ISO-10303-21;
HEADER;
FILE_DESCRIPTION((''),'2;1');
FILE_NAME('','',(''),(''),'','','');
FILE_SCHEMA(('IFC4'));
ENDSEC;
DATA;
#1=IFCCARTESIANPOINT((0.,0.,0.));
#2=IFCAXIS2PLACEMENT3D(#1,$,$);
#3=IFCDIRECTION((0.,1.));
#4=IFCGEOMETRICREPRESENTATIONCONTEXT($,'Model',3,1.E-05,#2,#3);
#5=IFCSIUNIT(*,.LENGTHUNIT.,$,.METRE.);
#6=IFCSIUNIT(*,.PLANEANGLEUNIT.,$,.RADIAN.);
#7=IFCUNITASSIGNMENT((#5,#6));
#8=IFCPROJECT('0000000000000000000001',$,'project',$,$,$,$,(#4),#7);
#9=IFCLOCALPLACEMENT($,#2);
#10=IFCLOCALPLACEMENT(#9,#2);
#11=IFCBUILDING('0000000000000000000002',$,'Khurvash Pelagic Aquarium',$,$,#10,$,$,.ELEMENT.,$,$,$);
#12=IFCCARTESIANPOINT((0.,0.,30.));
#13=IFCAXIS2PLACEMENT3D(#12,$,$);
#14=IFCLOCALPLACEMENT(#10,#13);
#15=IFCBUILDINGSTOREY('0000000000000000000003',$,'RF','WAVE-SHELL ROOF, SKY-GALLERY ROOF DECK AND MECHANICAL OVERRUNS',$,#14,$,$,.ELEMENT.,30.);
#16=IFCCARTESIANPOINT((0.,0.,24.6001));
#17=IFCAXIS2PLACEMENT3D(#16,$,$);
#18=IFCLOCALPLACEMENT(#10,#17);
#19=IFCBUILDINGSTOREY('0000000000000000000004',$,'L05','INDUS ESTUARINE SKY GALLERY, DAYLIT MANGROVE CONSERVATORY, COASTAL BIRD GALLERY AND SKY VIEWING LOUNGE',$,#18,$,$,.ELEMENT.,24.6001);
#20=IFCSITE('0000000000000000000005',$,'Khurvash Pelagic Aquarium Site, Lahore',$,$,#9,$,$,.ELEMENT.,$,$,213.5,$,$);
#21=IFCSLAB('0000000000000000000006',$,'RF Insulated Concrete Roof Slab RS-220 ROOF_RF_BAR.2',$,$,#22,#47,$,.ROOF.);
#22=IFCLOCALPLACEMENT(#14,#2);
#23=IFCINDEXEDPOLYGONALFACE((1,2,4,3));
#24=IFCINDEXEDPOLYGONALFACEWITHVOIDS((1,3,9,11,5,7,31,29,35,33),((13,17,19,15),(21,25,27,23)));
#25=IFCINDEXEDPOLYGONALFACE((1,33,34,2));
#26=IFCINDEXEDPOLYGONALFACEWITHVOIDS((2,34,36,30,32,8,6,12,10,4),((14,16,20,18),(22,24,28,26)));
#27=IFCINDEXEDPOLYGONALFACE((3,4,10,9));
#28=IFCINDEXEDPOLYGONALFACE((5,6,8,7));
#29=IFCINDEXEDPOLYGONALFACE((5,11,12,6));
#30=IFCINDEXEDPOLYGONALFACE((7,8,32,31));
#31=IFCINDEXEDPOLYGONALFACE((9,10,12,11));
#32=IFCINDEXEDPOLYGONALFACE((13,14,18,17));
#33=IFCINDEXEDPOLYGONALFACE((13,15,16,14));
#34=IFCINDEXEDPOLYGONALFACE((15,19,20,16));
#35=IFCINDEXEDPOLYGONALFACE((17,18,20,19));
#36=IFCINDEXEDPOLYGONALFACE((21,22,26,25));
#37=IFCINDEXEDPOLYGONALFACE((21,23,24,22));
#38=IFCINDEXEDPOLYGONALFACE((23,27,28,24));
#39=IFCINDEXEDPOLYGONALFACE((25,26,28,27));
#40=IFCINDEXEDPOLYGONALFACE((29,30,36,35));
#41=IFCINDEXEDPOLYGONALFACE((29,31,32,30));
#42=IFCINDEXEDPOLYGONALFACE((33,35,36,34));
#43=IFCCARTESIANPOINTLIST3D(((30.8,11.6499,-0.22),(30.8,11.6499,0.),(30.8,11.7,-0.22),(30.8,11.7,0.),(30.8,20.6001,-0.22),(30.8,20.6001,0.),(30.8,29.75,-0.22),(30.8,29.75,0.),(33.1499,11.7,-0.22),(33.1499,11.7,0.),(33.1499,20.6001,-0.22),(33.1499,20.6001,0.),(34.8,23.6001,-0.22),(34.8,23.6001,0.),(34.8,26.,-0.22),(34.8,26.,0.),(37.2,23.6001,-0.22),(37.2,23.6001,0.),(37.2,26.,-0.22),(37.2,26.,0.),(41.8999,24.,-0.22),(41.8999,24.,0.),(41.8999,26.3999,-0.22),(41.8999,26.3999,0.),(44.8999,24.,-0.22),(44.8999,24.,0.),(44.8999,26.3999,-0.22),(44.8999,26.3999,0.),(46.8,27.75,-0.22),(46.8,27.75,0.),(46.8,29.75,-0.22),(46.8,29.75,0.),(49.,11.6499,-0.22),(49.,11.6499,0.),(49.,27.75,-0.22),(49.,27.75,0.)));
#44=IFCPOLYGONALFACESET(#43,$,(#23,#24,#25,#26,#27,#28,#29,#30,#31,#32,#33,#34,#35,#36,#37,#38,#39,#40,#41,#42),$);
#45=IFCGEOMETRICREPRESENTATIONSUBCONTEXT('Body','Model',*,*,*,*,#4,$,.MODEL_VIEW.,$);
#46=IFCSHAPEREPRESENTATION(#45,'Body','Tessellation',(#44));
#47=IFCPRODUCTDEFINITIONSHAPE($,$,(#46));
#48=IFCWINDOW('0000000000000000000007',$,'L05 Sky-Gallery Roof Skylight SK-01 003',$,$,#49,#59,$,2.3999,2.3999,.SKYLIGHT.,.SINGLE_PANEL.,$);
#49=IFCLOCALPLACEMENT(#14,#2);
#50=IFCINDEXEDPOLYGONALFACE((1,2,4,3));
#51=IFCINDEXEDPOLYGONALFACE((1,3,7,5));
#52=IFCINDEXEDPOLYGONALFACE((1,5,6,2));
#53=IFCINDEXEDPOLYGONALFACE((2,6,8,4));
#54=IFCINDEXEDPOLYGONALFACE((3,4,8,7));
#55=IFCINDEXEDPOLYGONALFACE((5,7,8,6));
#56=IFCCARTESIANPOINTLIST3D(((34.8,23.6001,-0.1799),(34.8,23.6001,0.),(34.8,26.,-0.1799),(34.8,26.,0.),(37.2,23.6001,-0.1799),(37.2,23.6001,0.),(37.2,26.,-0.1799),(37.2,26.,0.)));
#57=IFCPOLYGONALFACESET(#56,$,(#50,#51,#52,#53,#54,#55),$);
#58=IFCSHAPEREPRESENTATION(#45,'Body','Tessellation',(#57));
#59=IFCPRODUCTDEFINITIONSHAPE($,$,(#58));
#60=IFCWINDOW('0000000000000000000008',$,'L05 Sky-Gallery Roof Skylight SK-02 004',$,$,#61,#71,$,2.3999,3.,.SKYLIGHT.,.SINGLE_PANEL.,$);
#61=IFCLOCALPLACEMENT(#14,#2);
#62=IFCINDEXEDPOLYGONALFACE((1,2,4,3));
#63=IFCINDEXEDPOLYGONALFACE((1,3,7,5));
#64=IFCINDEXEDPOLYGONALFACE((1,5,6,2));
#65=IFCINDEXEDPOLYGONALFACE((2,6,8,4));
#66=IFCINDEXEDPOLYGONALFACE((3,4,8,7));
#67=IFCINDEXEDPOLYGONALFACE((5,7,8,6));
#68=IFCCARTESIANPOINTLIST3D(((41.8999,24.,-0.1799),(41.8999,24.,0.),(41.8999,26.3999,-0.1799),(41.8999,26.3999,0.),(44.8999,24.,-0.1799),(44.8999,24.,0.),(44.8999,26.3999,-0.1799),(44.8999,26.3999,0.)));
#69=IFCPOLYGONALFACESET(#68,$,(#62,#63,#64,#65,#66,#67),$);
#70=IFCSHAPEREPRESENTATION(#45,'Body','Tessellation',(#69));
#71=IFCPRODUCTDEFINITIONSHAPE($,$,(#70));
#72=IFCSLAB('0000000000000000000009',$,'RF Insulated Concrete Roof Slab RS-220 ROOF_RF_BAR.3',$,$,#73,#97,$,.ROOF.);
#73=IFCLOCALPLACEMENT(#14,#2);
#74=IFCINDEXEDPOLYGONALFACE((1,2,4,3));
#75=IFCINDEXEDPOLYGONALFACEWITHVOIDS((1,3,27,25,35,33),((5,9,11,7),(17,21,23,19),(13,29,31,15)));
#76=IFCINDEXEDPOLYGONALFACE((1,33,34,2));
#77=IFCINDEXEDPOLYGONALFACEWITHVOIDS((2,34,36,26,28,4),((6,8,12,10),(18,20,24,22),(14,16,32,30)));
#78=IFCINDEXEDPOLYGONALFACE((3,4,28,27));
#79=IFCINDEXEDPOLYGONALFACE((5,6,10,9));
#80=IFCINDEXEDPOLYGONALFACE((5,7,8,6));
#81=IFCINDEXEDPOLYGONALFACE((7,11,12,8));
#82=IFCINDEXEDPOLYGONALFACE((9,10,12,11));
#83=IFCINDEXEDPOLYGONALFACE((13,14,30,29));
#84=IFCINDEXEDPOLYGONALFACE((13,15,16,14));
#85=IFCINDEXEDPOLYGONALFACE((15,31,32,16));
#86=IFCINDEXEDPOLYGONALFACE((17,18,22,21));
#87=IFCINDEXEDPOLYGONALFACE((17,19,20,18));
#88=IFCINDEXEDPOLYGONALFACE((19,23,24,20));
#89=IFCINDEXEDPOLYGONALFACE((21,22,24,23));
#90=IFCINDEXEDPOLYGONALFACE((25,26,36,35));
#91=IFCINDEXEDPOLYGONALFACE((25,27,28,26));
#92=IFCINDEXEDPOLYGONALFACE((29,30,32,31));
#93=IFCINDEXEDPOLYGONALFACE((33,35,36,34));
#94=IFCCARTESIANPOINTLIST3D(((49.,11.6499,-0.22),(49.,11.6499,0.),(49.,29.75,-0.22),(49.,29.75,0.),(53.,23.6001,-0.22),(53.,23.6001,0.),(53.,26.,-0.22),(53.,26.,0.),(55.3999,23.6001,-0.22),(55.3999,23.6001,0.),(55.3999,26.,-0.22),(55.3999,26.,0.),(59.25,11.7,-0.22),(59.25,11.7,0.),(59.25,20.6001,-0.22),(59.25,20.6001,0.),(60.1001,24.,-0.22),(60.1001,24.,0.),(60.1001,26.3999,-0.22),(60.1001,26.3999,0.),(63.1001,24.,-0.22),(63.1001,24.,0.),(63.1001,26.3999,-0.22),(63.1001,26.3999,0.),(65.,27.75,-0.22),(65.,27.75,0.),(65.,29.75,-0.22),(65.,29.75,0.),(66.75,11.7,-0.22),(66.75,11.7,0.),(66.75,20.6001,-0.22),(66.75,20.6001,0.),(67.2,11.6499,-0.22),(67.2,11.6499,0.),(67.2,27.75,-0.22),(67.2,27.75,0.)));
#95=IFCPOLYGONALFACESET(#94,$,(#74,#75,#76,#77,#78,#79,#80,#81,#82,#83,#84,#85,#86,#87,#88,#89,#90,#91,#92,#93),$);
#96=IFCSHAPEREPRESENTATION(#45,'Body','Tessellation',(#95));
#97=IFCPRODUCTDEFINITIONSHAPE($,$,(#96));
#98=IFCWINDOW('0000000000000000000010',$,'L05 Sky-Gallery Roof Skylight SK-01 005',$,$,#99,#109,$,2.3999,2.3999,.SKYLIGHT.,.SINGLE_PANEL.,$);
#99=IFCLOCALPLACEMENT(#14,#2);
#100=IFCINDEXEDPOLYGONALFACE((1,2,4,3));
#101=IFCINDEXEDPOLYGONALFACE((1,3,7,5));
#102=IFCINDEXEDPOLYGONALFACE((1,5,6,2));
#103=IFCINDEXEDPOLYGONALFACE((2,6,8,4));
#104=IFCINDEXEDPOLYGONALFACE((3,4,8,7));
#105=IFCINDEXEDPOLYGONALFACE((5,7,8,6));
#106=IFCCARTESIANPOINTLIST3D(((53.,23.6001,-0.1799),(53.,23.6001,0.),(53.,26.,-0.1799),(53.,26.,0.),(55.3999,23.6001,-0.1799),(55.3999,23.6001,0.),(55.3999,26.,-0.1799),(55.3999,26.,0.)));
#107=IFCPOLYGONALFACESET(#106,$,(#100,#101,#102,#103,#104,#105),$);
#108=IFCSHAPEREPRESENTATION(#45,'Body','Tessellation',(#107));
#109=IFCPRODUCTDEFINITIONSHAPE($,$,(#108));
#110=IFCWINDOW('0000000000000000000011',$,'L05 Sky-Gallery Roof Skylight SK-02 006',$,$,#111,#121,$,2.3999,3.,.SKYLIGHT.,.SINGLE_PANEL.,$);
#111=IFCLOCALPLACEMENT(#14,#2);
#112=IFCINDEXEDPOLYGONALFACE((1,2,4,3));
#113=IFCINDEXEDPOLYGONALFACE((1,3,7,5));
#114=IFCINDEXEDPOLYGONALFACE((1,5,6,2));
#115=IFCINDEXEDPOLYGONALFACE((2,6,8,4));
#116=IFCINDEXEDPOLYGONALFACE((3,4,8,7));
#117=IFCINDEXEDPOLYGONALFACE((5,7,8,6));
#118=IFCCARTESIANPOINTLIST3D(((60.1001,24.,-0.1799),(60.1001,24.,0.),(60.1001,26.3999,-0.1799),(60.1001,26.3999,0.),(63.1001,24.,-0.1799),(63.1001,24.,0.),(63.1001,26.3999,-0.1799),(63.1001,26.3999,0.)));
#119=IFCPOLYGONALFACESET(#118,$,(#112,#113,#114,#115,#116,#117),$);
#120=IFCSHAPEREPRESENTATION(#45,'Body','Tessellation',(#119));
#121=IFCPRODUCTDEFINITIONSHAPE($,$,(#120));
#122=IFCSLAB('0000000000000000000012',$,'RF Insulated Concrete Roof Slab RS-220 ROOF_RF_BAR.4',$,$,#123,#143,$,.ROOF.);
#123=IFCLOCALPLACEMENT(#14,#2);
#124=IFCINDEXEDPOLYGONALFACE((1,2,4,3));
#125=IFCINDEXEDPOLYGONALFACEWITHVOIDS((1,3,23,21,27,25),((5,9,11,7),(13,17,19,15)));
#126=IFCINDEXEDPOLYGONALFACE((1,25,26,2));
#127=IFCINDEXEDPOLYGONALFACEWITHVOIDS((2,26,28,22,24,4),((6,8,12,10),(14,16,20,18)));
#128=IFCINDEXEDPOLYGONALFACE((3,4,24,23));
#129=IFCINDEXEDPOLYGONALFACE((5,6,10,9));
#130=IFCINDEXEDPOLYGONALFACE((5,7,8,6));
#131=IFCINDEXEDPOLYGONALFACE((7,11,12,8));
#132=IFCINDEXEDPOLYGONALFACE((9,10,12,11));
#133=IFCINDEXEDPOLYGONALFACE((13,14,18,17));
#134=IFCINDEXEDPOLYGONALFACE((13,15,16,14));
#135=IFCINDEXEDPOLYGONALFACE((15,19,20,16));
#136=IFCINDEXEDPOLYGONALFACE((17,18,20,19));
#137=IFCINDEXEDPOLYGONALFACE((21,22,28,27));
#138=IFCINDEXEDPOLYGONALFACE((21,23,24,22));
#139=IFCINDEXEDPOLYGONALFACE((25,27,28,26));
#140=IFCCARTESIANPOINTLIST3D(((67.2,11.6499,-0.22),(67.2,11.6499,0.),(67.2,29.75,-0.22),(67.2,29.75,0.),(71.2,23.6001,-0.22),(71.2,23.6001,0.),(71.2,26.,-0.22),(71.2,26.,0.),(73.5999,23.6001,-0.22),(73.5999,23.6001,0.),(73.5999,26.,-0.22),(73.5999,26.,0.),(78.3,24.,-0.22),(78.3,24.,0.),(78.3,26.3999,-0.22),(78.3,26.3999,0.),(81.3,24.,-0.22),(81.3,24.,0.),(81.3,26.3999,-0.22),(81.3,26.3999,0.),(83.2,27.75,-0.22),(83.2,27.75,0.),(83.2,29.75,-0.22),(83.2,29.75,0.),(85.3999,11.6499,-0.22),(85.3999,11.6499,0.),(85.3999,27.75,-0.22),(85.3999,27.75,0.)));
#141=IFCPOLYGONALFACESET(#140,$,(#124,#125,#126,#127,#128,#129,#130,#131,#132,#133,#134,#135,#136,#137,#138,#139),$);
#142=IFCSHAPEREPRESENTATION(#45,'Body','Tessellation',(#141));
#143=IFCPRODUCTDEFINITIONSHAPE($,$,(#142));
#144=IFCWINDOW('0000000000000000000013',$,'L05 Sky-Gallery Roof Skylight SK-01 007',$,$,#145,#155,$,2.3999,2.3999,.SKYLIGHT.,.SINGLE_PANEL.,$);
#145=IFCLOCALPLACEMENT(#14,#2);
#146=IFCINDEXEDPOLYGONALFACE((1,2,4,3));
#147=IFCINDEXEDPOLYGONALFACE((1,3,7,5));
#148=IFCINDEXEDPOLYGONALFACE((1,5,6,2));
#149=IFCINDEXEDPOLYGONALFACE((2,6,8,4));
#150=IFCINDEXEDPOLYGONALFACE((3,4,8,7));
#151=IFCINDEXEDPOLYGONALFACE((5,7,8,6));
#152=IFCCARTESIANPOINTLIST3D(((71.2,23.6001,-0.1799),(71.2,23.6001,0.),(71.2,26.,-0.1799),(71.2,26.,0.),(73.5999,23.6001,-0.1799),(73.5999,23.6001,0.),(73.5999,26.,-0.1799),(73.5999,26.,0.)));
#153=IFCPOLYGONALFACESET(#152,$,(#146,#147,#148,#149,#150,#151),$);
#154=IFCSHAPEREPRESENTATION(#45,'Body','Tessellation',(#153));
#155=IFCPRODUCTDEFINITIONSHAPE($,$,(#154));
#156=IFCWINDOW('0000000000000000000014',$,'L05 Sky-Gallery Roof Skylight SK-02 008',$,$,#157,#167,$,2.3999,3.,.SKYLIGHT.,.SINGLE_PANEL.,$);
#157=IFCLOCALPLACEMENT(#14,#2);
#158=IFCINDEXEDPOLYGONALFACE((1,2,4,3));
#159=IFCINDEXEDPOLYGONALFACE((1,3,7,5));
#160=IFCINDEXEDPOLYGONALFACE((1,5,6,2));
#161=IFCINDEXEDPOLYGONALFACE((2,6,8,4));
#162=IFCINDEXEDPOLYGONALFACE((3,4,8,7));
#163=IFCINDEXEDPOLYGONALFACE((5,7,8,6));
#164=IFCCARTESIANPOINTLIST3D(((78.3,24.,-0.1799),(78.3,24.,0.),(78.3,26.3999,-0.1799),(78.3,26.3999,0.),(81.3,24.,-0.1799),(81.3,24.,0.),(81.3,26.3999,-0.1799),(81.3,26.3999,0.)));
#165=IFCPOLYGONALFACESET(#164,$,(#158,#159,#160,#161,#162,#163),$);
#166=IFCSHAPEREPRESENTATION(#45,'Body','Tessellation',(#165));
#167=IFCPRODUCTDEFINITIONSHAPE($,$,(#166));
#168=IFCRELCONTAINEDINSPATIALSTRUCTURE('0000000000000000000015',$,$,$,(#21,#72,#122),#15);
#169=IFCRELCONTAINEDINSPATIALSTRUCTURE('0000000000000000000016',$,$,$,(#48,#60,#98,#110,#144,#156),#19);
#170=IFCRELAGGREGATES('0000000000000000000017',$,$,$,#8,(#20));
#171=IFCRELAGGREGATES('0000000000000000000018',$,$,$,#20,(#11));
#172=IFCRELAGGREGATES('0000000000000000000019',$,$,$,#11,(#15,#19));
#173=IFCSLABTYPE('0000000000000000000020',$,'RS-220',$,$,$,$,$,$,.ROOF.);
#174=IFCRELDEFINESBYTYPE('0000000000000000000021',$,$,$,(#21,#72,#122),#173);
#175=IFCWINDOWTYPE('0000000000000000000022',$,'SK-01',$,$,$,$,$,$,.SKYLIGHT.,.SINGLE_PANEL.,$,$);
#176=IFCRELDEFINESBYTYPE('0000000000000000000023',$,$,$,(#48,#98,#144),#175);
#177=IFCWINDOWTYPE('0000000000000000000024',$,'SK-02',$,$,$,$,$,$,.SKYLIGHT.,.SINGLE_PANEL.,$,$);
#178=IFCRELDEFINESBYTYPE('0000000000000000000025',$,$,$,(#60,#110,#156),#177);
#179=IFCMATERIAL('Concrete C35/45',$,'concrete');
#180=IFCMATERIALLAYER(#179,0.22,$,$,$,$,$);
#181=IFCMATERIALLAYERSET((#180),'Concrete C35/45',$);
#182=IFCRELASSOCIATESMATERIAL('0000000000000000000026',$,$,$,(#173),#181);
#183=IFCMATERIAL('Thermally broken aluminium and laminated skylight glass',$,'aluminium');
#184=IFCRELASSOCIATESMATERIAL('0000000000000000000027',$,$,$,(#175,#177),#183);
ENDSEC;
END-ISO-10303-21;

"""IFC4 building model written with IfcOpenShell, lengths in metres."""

from ifc_helpers import new_model, si_unit, direction, frame, origin, origin_2d, place, context, subcontext, project, spatial, polyline, rectangle, outline, extrude, material, layer, layer_set, type_object, element, fill, save


model = new_model("IFC4")

# Units and contexts
model_context = context("Model", 3, precision=1e-05, world=origin(), true_north=direction((0.0, 1.0)))
body_context = subcontext(model_context, "Body", "Model", "MODEL_VIEW")
ifc_project = project(units=[si_unit("LENGTHUNIT", "METRE"), si_unit("PLANEANGLEUNIT", "RADIAN")], contexts=[model_context])

# Site, building, storey
site_placement = place(None, origin())
site = spatial("IfcSite", under=ifc_project, at=site_placement, Name="Khurvash Pelagic Aquarium Site, Lahore", CompositionType="ELEMENT", RefElevation=213.5)
building_placement = place(site_placement, origin())
building = spatial("IfcBuilding", under=site, at=building_placement, Name="Khurvash Pelagic Aquarium", CompositionType="ELEMENT")
storey_1_placement = place(building_placement, frame((0.0, 0.0, 30.0)))
storey_1 = spatial("IfcBuildingStorey", under=building, at=storey_1_placement, Name="RF", Description="WAVE-SHELL ROOF, SKY-GALLERY ROOF DECK AND MECHANICAL OVERRUNS", CompositionType="ELEMENT", Elevation=30.0)

# Shared definitions
ifc_material_1 = material(Name="Concrete C35/45", Category="concrete")
ifc_layer = layer(ifc_material_1, 0.22)
ifc_layer_set = layer_set([ifc_layer], Name="Concrete C35/45")
slab_type = type_object("IfcSlabType", Name="RS-220", PredefinedType="ROOF", material=ifc_layer_set)

# Shared definitions
storey_2_placement = place(building_placement, frame((0.0, 0.0, 24.6001)))
storey_2 = spatial("IfcBuildingStorey", under=building, at=storey_2_placement, Name="L05", Description="INDUS ESTUARINE SKY GALLERY, DAYLIT MANGROVE CONSERVATORY, COASTAL BIRD GALLERY AND SKY VIEWING LOUNGE", CompositionType="ELEMENT", Elevation=24.6001)

# Shared definitions
ifc_material_2 = material(Name="Thermally broken aluminium and laminated skylight glass", Category="aluminium")
window_type_1 = type_object("IfcWindowType", Name="SK-01", PartitioningType="SINGLE_PANEL", PredefinedType="SKYLIGHT", material=ifc_material_2)
window_type_2 = type_object("IfcWindowType", Name="SK-02", PartitioningType="SINGLE_PANEL", PredefinedType="SKYLIGHT", material=ifc_material_2)

# Slabs, openings, windows
slab_1_placement = place(storey_1_placement, frame((0.0, 0.0, -0.22)))
slab_1 = element("IfcSlab", 1, at=slab_1_placement, inside=storey_1, type_object=slab_type, Name="RF Insulated Concrete Roof Slab RS-220 ROOF_RF_BAR.2", PredefinedType="ROOF", context=body_context, shape_type="SweptSolid", body=[
    extrude(outline(polyline([(46.8, 29.75), (30.8, 29.75), (30.8, 27.75), (30.8, 20.6001), (33.1499, 20.6001), (33.1499, 11.7), (30.8, 11.7), (30.8, 11.6499), (49.0, 11.6499), (49.0, 27.75), (46.8, 27.75), (46.8, 29.75)])), origin(), (0.0, 0.0, 1.0), 0.22),
])
opening_1_placement = place(slab_1_placement, frame((36.0, 24.8, -0.01), z_axis=(0.0, 0.0, 1.0), x_axis=(1.0, 0.0, 0.0)))
opening_1 = element("IfcOpeningElement", 2, at=opening_1_placement, cuts=slab_1, PredefinedType="OPENING", context=body_context, shape_type="SweptSolid", body=[
    extrude(rectangle(XDim=2.3999, YDim=2.3999, at=origin_2d()), origin(), (0.0, 0.0, 1.0), 0.24),
])
opening_2_placement = place(slab_1_placement, frame((43.3999, 25.2, -0.01), z_axis=(0.0, 0.0, 1.0), x_axis=(1.0, 0.0, 0.0)))
opening_2 = element("IfcOpeningElement", 3, at=opening_2_placement, cuts=slab_1, PredefinedType="OPENING", context=body_context, shape_type="SweptSolid", body=[
    extrude(rectangle(XDim=3.0, YDim=2.3999, at=origin_2d()), origin(), (0.0, 0.0, 1.0), 0.24),
])
window_1_placement = place(opening_1_placement, frame((0.0, 0.0, 0.05)))
window_1 = element("IfcWindow", 4, at=window_1_placement, inside=storey_2, type_object=window_type_1, Name="L05 Sky-Gallery Roof Skylight SK-01 003", OverallHeight=2.3999, OverallWidth=2.3999, PartitioningType="SINGLE_PANEL", PredefinedType="SKYLIGHT", context=body_context, shape_type="SweptSolid", body=[
    extrude(rectangle(XDim=2.3999, YDim=2.3999, at=origin_2d()), origin(), (0.0, 0.0, 1.0), 0.1799),
])
fill(opening_1, window_1)
window_2_placement = place(opening_2_placement, frame((0.0, 0.0, 0.05)))
window_2 = element("IfcWindow", 5, at=window_2_placement, inside=storey_2, type_object=window_type_2, Name="L05 Sky-Gallery Roof Skylight SK-02 004", OverallHeight=2.3999, OverallWidth=3.0, PartitioningType="SINGLE_PANEL", PredefinedType="SKYLIGHT", context=body_context, shape_type="SweptSolid", body=[
    extrude(rectangle(XDim=3.0, YDim=2.3999, at=origin_2d()), origin(), (0.0, 0.0, 1.0), 0.1799),
])
fill(opening_2, window_2)
slab_2_placement = place(storey_1_placement, frame((0.0, 0.0, -0.22)))
slab_2 = element("IfcSlab", 6, at=slab_2_placement, inside=storey_1, type_object=slab_type, Name="RF Insulated Concrete Roof Slab RS-220 ROOF_RF_BAR.3", PredefinedType="ROOF", context=body_context, shape_type="SweptSolid", body=[
    extrude(outline(polyline([(49.0, 29.75), (49.0, 27.75), (49.0, 11.6499), (67.2, 11.6499), (67.2, 27.75), (65.0, 27.75), (65.0, 29.75), (49.0, 29.75)]), holes=[polyline([(59.25, 20.6001), (66.75, 20.6001), (66.75, 11.7), (59.25, 11.7), (59.25, 20.6001)])]), origin(), (0.0, 0.0, 1.0), 0.22),
])
opening_3_placement = place(slab_2_placement, frame((54.2, 24.8, -0.01), z_axis=(0.0, 0.0, 1.0), x_axis=(1.0, 0.0, 0.0)))
opening_3 = element("IfcOpeningElement", 7, at=opening_3_placement, cuts=slab_2, PredefinedType="OPENING", context=body_context, shape_type="SweptSolid", body=[
    extrude(rectangle(XDim=2.3999, YDim=2.3999, at=origin_2d()), origin(), (0.0, 0.0, 1.0), 0.24),
])
opening_4_placement = place(slab_2_placement, frame((61.6001, 25.2, -0.01), z_axis=(0.0, 0.0, 1.0), x_axis=(1.0, 0.0, 0.0)))
opening_4 = element("IfcOpeningElement", 8, at=opening_4_placement, cuts=slab_2, PredefinedType="OPENING", context=body_context, shape_type="SweptSolid", body=[
    extrude(rectangle(XDim=3.0, YDim=2.3999, at=origin_2d()), origin(), (0.0, 0.0, 1.0), 0.24),
])
window_3_placement = place(opening_3_placement, frame((0.0, 0.0, 0.05)))
window_3 = element("IfcWindow", 9, at=window_3_placement, inside=storey_2, type_object=window_type_1, Name="L05 Sky-Gallery Roof Skylight SK-01 005", OverallHeight=2.3999, OverallWidth=2.3999, PartitioningType="SINGLE_PANEL", PredefinedType="SKYLIGHT", context=body_context, shape_type="SweptSolid", body=[
    extrude(rectangle(XDim=2.3999, YDim=2.3999, at=origin_2d()), origin(), (0.0, 0.0, 1.0), 0.1799),
])
fill(opening_3, window_3)
window_4_placement = place(opening_4_placement, frame((0.0, 0.0, 0.05)))
window_4 = element("IfcWindow", 10, at=window_4_placement, inside=storey_2, type_object=window_type_2, Name="L05 Sky-Gallery Roof Skylight SK-02 006", OverallHeight=2.3999, OverallWidth=3.0, PartitioningType="SINGLE_PANEL", PredefinedType="SKYLIGHT", context=body_context, shape_type="SweptSolid", body=[
    extrude(rectangle(XDim=3.0, YDim=2.3999, at=origin_2d()), origin(), (0.0, 0.0, 1.0), 0.1799),
])
fill(opening_4, window_4)
slab_3_placement = place(storey_1_placement, frame((0.0, 0.0, -0.22)))
slab_3 = element("IfcSlab", 11, at=slab_3_placement, inside=storey_1, type_object=slab_type, Name="RF Insulated Concrete Roof Slab RS-220 ROOF_RF_BAR.4", PredefinedType="ROOF", context=body_context, shape_type="SweptSolid", body=[
    extrude(outline(polyline([(85.3999, 11.6499), (85.3999, 27.75), (83.2, 27.75), (83.2, 29.75), (67.2, 29.75), (67.2, 27.75), (67.2, 11.6499), (85.3999, 11.6499)])), origin(), (0.0, 0.0, 1.0), 0.22),
])
opening_5_placement = place(slab_3_placement, frame((72.3999, 24.8, -0.01), z_axis=(0.0, 0.0, 1.0), x_axis=(1.0, 0.0, 0.0)))
opening_5 = element("IfcOpeningElement", 12, at=opening_5_placement, cuts=slab_3, PredefinedType="OPENING", context=body_context, shape_type="SweptSolid", body=[
    extrude(rectangle(XDim=2.3999, YDim=2.3999, at=origin_2d()), origin(), (0.0, 0.0, 1.0), 0.24),
])
opening_6_placement = place(slab_3_placement, frame((79.8, 25.2, -0.01), z_axis=(0.0, 0.0, 1.0), x_axis=(1.0, 0.0, 0.0)))
opening_6 = element("IfcOpeningElement", 13, at=opening_6_placement, cuts=slab_3, PredefinedType="OPENING", context=body_context, shape_type="SweptSolid", body=[
    extrude(rectangle(XDim=3.0, YDim=2.3999, at=origin_2d()), origin(), (0.0, 0.0, 1.0), 0.24),
])
window_5_placement = place(opening_5_placement, frame((0.0, 0.0, 0.05)))
window_5 = element("IfcWindow", 14, at=window_5_placement, inside=storey_2, type_object=window_type_1, Name="L05 Sky-Gallery Roof Skylight SK-01 007", OverallHeight=2.3999, OverallWidth=2.3999, PartitioningType="SINGLE_PANEL", PredefinedType="SKYLIGHT", context=body_context, shape_type="SweptSolid", body=[
    extrude(rectangle(XDim=2.3999, YDim=2.3999, at=origin_2d()), origin(), (0.0, 0.0, 1.0), 0.1799),
])
fill(opening_5, window_5)
window_6_placement = place(opening_6_placement, frame((0.0, 0.0, 0.05)))
window_6 = element("IfcWindow", 15, at=window_6_placement, inside=storey_2, type_object=window_type_2, Name="L05 Sky-Gallery Roof Skylight SK-02 008", OverallHeight=2.3999, OverallWidth=3.0, PartitioningType="SINGLE_PANEL", PredefinedType="SKYLIGHT", context=body_context, shape_type="SweptSolid", body=[
    extrude(rectangle(XDim=3.0, YDim=2.3999, at=origin_2d()), origin(), (0.0, 0.0, 1.0), 0.1799),
])
fill(opening_6, window_6)

save(model, "model.ifc")
